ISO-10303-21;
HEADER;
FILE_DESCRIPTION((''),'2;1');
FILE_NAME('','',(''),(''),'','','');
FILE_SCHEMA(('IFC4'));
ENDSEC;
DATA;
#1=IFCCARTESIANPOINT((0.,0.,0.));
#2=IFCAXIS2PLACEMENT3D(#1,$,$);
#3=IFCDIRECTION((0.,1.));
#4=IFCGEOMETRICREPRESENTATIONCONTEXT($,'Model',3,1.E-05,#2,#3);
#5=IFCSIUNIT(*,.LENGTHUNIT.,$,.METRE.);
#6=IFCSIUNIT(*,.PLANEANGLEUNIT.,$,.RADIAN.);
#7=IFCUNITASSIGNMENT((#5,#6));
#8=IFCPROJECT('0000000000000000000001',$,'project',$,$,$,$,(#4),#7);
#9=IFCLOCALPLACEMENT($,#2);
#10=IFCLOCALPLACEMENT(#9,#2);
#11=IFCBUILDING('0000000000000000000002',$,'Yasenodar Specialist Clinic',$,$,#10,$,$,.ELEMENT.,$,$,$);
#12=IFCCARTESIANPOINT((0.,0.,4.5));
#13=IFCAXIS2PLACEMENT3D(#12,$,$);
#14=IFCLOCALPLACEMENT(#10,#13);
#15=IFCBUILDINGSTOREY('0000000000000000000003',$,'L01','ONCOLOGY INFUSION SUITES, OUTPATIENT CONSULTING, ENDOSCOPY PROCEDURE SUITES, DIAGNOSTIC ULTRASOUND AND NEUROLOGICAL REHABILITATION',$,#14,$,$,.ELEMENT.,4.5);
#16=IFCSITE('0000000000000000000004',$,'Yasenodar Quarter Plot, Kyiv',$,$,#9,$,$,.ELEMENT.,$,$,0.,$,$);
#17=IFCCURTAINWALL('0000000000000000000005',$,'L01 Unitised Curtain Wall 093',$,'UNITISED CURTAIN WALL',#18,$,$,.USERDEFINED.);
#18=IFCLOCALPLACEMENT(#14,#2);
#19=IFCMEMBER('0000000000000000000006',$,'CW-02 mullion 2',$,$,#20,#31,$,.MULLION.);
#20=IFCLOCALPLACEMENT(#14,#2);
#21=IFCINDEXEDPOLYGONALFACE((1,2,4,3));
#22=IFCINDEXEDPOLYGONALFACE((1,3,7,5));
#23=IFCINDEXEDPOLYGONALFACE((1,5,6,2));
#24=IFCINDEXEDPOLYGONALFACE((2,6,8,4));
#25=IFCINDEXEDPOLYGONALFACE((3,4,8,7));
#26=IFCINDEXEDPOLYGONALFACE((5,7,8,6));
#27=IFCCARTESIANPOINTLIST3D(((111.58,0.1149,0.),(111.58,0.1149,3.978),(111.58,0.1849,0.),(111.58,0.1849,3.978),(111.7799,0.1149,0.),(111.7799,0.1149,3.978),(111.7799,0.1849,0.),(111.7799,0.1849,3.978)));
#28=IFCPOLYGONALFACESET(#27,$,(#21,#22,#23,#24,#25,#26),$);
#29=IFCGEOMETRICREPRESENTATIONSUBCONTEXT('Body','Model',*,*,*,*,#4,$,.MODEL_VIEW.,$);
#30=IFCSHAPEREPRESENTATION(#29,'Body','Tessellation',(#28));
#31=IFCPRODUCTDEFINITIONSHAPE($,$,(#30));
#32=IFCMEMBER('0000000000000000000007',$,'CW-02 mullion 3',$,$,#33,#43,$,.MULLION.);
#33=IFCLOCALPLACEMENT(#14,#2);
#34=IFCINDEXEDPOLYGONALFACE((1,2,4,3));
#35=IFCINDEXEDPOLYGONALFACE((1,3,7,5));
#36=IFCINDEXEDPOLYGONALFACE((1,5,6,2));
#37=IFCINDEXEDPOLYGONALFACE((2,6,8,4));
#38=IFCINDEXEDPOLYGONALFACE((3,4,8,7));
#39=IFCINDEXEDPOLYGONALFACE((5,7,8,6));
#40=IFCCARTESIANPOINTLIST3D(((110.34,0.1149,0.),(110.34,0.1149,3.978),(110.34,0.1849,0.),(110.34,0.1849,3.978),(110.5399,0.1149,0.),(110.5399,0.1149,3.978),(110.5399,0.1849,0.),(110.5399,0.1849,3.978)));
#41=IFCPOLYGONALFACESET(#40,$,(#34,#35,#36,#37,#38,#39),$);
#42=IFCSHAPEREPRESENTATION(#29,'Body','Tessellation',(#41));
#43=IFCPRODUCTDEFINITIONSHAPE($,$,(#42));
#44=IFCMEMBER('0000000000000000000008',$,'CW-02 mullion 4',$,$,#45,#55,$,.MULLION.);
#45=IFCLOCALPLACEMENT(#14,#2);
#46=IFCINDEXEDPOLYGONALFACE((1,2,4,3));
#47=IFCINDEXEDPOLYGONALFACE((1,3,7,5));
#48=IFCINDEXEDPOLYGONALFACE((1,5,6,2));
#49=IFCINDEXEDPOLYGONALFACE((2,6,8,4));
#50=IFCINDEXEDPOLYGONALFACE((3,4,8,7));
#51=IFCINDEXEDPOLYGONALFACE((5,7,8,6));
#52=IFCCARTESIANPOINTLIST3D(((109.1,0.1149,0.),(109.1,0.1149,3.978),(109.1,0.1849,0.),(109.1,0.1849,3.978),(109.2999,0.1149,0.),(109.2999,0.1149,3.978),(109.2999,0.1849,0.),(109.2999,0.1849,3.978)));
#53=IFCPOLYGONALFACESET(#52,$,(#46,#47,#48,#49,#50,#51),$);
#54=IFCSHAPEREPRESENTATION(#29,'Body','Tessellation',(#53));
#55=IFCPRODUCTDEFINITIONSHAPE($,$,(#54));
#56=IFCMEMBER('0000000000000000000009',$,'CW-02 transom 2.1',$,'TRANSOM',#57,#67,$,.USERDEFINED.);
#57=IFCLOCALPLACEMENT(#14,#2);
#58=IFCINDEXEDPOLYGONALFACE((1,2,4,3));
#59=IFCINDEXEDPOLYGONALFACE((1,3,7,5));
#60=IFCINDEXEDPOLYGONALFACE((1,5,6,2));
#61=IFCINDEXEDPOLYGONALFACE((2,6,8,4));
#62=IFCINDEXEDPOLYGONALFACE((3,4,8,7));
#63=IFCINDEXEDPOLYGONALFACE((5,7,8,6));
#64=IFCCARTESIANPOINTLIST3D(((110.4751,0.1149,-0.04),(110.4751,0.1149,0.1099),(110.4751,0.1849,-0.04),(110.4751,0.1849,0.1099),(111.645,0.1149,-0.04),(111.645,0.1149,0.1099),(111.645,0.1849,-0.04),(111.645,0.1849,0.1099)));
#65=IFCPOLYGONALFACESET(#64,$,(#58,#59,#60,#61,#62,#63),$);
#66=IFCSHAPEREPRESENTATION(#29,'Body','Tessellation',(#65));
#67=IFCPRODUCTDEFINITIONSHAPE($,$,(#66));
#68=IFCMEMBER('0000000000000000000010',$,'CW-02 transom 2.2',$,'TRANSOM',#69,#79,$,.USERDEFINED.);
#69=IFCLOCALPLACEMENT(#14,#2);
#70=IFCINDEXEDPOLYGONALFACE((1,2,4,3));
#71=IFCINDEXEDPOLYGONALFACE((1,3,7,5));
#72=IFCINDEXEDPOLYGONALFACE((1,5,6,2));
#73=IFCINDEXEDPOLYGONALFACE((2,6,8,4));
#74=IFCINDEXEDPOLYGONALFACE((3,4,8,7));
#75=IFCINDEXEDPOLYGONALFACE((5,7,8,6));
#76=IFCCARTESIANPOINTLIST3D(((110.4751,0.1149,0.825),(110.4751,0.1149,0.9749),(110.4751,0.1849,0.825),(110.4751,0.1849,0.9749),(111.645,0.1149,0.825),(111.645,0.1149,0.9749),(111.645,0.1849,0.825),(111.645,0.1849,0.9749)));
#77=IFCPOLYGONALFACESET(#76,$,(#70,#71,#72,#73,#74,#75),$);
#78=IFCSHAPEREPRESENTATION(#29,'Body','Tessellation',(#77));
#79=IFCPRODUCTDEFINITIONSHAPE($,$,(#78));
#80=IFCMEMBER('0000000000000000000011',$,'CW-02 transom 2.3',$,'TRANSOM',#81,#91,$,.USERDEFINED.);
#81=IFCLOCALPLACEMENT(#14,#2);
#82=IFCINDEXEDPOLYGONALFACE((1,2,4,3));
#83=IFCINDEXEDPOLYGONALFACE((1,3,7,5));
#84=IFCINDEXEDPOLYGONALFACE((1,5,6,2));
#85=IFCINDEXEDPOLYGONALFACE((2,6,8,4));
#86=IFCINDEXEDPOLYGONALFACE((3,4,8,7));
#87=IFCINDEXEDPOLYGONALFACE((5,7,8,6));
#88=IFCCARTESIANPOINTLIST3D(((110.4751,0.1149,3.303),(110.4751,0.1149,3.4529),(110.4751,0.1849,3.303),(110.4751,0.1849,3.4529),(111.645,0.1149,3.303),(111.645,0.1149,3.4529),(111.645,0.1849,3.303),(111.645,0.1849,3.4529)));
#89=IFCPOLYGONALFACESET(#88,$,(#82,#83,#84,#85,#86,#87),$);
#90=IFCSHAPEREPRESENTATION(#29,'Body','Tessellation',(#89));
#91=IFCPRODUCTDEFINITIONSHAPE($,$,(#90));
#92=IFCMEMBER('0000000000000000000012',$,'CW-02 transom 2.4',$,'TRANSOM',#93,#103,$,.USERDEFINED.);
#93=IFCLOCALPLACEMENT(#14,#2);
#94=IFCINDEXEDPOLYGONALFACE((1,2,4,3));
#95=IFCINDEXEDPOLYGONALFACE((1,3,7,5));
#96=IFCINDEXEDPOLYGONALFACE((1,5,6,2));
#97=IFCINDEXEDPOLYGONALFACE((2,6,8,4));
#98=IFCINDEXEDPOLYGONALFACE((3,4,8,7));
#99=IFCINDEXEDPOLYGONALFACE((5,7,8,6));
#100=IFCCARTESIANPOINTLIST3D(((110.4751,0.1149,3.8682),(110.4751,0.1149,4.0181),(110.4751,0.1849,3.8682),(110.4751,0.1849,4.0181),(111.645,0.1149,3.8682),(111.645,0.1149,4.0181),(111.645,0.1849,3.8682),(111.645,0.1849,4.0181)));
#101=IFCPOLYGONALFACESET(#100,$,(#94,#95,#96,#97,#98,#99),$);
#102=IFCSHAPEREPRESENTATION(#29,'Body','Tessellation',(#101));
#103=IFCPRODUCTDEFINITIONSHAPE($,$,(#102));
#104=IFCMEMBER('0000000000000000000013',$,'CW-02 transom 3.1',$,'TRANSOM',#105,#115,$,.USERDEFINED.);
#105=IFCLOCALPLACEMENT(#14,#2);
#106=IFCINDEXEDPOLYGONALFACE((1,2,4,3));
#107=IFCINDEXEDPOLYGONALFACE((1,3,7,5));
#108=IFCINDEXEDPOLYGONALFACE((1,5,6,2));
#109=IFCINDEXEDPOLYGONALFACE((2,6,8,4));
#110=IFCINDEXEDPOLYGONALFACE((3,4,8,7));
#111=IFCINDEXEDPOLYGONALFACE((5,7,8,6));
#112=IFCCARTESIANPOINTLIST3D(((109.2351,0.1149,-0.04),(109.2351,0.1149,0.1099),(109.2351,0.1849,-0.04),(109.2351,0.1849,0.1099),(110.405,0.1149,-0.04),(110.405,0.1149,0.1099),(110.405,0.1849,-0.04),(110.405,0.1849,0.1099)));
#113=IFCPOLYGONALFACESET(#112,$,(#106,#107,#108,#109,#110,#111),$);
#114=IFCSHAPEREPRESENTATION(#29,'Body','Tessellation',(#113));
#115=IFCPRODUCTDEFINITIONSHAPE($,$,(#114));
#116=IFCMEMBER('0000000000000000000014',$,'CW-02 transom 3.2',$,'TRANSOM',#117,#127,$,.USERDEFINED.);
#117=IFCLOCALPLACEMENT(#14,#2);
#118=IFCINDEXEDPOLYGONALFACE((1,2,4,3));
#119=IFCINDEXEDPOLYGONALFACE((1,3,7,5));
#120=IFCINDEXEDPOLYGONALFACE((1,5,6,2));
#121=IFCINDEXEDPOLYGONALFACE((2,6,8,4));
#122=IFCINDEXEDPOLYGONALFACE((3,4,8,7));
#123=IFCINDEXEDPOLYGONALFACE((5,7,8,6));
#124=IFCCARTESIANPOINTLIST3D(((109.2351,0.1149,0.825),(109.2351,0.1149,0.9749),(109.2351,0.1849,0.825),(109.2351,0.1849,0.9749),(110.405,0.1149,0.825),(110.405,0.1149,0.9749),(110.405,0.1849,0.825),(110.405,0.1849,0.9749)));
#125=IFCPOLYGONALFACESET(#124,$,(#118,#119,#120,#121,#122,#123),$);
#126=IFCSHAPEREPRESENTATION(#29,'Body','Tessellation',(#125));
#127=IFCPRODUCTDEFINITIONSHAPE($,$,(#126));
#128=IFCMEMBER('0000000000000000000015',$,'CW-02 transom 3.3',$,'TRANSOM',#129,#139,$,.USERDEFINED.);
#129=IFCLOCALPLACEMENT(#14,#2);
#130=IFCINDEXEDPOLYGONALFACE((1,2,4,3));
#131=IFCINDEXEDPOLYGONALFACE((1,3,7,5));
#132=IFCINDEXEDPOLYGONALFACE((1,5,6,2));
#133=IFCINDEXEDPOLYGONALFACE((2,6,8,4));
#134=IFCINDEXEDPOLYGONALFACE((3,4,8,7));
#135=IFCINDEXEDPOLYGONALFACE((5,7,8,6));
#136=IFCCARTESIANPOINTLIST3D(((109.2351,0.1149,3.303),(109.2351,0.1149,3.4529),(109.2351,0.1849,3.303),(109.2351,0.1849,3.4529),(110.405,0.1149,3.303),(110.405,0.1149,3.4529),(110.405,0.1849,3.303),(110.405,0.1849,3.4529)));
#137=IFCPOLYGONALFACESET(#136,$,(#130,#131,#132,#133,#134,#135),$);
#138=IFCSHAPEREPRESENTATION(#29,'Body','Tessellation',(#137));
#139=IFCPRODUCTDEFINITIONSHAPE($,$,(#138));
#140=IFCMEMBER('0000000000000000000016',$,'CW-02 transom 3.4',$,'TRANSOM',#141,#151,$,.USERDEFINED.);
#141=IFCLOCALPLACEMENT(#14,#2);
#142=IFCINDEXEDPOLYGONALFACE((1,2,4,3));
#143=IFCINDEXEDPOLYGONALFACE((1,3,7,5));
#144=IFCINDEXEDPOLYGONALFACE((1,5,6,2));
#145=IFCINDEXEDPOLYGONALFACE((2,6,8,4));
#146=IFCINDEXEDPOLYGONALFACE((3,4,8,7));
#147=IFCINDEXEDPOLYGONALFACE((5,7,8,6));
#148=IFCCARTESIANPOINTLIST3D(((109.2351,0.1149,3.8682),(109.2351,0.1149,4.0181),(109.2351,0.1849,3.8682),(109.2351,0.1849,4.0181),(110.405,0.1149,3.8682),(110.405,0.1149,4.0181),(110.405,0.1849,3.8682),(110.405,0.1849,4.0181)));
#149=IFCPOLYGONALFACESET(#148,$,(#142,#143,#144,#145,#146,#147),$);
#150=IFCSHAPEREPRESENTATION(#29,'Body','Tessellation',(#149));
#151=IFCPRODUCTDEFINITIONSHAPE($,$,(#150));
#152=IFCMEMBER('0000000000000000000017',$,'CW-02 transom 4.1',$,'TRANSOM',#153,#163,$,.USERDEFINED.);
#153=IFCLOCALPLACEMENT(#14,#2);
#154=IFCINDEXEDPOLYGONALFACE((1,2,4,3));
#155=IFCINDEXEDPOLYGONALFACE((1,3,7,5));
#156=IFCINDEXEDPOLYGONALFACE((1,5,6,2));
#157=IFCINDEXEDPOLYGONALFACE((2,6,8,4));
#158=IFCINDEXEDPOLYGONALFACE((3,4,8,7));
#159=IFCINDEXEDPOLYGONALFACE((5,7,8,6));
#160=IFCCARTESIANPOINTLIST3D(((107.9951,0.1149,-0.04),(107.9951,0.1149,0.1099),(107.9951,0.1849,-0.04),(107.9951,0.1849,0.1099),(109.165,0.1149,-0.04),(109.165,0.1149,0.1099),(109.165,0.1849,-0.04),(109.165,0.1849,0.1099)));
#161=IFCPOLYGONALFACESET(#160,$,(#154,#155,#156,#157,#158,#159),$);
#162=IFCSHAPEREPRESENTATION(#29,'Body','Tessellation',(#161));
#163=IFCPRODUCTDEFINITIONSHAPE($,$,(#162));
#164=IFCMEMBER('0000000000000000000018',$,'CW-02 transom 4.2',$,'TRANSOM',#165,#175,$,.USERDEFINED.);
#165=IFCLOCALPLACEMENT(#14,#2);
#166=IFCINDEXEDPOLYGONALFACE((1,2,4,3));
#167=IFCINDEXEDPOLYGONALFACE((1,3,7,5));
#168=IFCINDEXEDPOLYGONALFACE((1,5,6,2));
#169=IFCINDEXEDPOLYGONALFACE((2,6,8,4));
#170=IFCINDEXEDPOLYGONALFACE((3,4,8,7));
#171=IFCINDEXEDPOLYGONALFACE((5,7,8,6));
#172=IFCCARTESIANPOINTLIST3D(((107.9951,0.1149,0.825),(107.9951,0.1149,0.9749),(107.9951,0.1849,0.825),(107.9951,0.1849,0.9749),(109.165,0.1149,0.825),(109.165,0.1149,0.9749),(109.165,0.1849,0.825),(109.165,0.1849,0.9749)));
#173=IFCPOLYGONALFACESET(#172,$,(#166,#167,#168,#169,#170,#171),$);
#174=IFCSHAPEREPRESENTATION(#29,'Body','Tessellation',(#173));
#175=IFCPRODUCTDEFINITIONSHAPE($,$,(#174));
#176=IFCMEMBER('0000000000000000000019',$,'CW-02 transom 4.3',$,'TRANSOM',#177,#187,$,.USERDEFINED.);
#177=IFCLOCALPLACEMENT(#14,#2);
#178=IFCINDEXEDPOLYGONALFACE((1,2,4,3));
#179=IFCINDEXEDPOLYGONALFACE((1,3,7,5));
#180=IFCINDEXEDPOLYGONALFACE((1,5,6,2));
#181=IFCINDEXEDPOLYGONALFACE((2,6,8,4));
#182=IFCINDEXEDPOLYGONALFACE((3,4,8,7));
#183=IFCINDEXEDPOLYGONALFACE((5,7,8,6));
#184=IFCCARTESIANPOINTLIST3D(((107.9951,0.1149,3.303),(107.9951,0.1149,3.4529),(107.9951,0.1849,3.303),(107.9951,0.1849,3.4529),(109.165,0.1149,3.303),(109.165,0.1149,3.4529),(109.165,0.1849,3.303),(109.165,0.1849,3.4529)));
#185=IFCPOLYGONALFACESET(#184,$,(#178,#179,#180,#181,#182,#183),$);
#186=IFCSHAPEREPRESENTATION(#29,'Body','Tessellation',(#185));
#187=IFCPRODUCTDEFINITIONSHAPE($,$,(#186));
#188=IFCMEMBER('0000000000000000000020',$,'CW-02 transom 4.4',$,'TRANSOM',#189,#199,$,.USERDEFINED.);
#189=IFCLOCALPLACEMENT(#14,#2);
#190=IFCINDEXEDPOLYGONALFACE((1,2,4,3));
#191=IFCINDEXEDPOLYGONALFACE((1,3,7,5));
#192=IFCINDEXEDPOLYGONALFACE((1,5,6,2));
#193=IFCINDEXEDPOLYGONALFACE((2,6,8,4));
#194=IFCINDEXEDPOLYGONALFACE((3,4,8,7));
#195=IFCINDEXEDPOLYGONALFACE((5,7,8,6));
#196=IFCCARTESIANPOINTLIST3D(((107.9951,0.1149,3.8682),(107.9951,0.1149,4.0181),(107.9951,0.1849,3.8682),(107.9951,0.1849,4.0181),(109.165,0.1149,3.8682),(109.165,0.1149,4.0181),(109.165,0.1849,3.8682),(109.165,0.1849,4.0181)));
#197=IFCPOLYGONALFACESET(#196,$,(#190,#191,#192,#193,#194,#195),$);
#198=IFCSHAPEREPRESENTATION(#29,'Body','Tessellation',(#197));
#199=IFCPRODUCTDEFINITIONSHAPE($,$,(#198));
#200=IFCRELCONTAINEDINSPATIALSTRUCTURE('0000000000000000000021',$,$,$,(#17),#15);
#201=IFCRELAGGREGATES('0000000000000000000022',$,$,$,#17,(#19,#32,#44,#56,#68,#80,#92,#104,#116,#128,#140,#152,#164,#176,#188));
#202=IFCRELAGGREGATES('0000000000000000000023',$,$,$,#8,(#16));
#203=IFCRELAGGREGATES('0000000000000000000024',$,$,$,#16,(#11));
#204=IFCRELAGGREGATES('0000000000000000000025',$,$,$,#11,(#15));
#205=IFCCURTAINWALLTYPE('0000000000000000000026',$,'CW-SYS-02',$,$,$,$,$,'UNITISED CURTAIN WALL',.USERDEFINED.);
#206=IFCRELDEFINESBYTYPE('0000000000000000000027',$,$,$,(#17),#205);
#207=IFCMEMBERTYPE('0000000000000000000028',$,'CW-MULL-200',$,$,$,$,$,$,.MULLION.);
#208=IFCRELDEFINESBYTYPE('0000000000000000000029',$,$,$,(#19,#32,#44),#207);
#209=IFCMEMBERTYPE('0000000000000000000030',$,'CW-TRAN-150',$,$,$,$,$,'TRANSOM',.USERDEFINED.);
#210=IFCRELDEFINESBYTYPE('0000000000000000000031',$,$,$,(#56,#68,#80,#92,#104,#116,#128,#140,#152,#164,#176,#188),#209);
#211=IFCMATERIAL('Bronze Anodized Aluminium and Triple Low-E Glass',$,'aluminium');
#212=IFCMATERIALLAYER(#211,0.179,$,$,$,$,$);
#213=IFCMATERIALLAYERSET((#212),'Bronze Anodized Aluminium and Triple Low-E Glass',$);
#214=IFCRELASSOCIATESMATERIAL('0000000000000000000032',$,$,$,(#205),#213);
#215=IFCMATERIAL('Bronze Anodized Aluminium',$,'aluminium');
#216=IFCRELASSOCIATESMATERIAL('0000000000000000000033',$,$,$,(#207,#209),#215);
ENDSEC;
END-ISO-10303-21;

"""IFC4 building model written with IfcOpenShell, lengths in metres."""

from ifc_helpers import new_model, si_unit, direction, frame, origin, origin_2d, place, context, subcontext, project, spatial, rectangle, extrude, material, layer, layer_set, material_profile, profile_set, type_object, element, aggregate, save


model = new_model("IFC4")

# Units and contexts
model_context = context("Model", 3, precision=1e-05, world=origin(), true_north=direction((0.0, 1.0)))
body_context = subcontext(model_context, "Body", "Model", "MODEL_VIEW")
ifc_project = project(units=[si_unit("LENGTHUNIT", "METRE"), si_unit("PLANEANGLEUNIT", "RADIAN")], contexts=[model_context])

# Site, building, storey
site_placement = place(None, origin())
site = spatial("IfcSite", under=ifc_project, at=site_placement, Name="Yasenodar Quarter Plot, Kyiv", CompositionType="ELEMENT", RefElevation=0.0)
building_placement = place(site_placement, origin())
building = spatial("IfcBuilding", under=site, at=building_placement, Name="Yasenodar Specialist Clinic", CompositionType="ELEMENT")
storey_placement = place(building_placement, frame((0.0, 0.0, 4.5)))
storey = spatial("IfcBuildingStorey", under=building, at=storey_placement, Name="L01", Description="ONCOLOGY INFUSION SUITES, OUTPATIENT CONSULTING, ENDOSCOPY PROCEDURE SUITES, DIAGNOSTIC ULTRASOUND AND NEUROLOGICAL REHABILITATION", CompositionType="ELEMENT", Elevation=4.5)

# Curtain wall, members
ifc_material_1 = material(Name="Bronze Anodized Aluminium and Triple Low-E Glass", Category="aluminium")
ifc_layer_1 = layer(ifc_material_1, 0.179)
ifc_layer_set_1 = layer_set([ifc_layer_1], Name="Bronze Anodized Aluminium and Triple Low-E Glass")
curtain_wall_type = type_object("IfcCurtainWallType", Name="CW-SYS-02", ElementType="UNITISED CURTAIN WALL", PredefinedType="USERDEFINED", material=ifc_layer_set_1)
curtain_wall_placement = place(storey_placement, origin())
curtain_wall = element("IfcCurtainWall", 1, at=curtain_wall_placement, inside=storey, type_object=curtain_wall_type, Name="L01 Unitised Curtain Wall 093", ObjectType="UNITISED CURTAIN WALL", PredefinedType="USERDEFINED")
ifc_material_2 = material(Name="Bronze Anodized Aluminium", Category="aluminium")
ifc_material_profile_1 = material_profile(ifc_material_2, rectangle(XDim=0.0701, YDim=0.2, at=origin_2d()), Name="CW-MULL 70x200")
ifc_profile_set_1 = profile_set([ifc_material_profile_1], Name="Bronze Anodized Aluminium")
member_type_1 = type_object("IfcMemberType", Name="CW-MULL-200", PredefinedType="MULLION", material=ifc_profile_set_1)
member_1_placement = place(storey_placement, frame((111.6799, 0.1499, 0.0), z_axis=(0.0, 0.0, 1.0), x_axis=(0.0, -1.0, 0.0)))
member_1 = element("IfcMember", 2, at=member_1_placement, type_object=member_type_1, Name="CW-02 mullion 2", PredefinedType="MULLION", context=body_context, shape_type="SweptSolid", body=[
    extrude(rectangle(XDim=0.0701, YDim=0.2, at=origin_2d()), origin(), (0.0, 0.0, 1.0), 3.978),
])
member_2_placement = place(storey_placement, frame((110.4399, 0.1499, 0.0), z_axis=(0.0, 0.0, 1.0), x_axis=(0.0, -1.0, 0.0)))
member_2 = element("IfcMember", 3, at=member_2_placement, type_object=member_type_1, Name="CW-02 mullion 3", PredefinedType="MULLION", context=body_context, shape_type="SweptSolid", body=[
    extrude(rectangle(XDim=0.0701, YDim=0.2, at=origin_2d()), origin(), (0.0, 0.0, 1.0), 3.978),
])
member_3_placement = place(storey_placement, frame((109.2, 0.1499, 0.0), z_axis=(0.0, 0.0, 1.0), x_axis=(0.0, -1.0, 0.0)))
member_3 = element("IfcMember", 4, at=member_3_placement, type_object=member_type_1, Name="CW-02 mullion 4", PredefinedType="MULLION", context=body_context, shape_type="SweptSolid", body=[
    extrude(rectangle(XDim=0.0701, YDim=0.2, at=origin_2d()), origin(), (0.0, 0.0, 1.0), 3.978),
])
ifc_material_profile_2 = material_profile(ifc_material_2, rectangle(XDim=0.0701, YDim=0.1499, at=origin_2d()), Name="CW-TRAN 70x150")
ifc_profile_set_2 = profile_set([ifc_material_profile_2], Name="Bronze Anodized Aluminium")
member_type_2 = type_object("IfcMemberType", Name="CW-TRAN-150", ElementType="TRANSOM", PredefinedType="USERDEFINED", material=ifc_profile_set_2)
member_4_placement = place(storey_placement, frame((111.645, 0.1499, 0.0349), z_axis=(-1.0, 0.0, 0.0), x_axis=(0.0, -1.0, 0.0)))
member_4 = element("IfcMember", 5, at=member_4_placement, type_object=member_type_2, Name="CW-02 transom 2.1", ObjectType="TRANSOM", PredefinedType="USERDEFINED", context=body_context, shape_type="SweptSolid", body=[
    extrude(rectangle(XDim=0.0701, YDim=0.1499, at=origin_2d()), origin(), (0.0, 0.0, 1.0), 1.1699),
])
member_5_placement = place(storey_placement, frame((111.645, 0.1499, 0.8999), z_axis=(-1.0, 0.0, 0.0), x_axis=(0.0, -1.0, 0.0)))
member_5 = element("IfcMember", 6, at=member_5_placement, type_object=member_type_2, Name="CW-02 transom 2.2", ObjectType="TRANSOM", PredefinedType="USERDEFINED", context=body_context, shape_type="SweptSolid", body=[
    extrude(rectangle(XDim=0.0701, YDim=0.1499, at=origin_2d()), origin(), (0.0, 0.0, 1.0), 1.1699),
])
member_6_placement = place(storey_placement, frame((111.645, 0.1499, 3.3779), z_axis=(-1.0, 0.0, 0.0), x_axis=(0.0, -1.0, 0.0)))
member_6 = element("IfcMember", 7, at=member_6_placement, type_object=member_type_2, Name="CW-02 transom 2.3", ObjectType="TRANSOM", PredefinedType="USERDEFINED", context=body_context, shape_type="SweptSolid", body=[
    extrude(rectangle(XDim=0.0701, YDim=0.1499, at=origin_2d()), origin(), (0.0, 0.0, 1.0), 1.1699),
])
member_7_placement = place(storey_placement, frame((111.645, 0.1499, 3.9431), z_axis=(-1.0, 0.0, 0.0), x_axis=(0.0, -1.0, 0.0)))
member_7 = element("IfcMember", 8, at=member_7_placement, type_object=member_type_2, Name="CW-02 transom 2.4", ObjectType="TRANSOM", PredefinedType="USERDEFINED", context=body_context, shape_type="SweptSolid", body=[
    extrude(rectangle(XDim=0.0701, YDim=0.1499, at=origin_2d()), origin(), (0.0, 0.0, 1.0), 1.1699),
])
member_8_placement = place(storey_placement, frame((110.405, 0.1499, 0.0349), z_axis=(-1.0, 0.0, 0.0), x_axis=(0.0, -1.0, 0.0)))
member_8 = element("IfcMember", 9, at=member_8_placement, type_object=member_type_2, Name="CW-02 transom 3.1", ObjectType="TRANSOM", PredefinedType="USERDEFINED", context=body_context, shape_type="SweptSolid", body=[
    extrude(rectangle(XDim=0.0701, YDim=0.1499, at=origin_2d()), origin(), (0.0, 0.0, 1.0), 1.1699),
])
member_9_placement = place(storey_placement, frame((110.405, 0.1499, 0.8999), z_axis=(-1.0, 0.0, 0.0), x_axis=(0.0, -1.0, 0.0)))
member_9 = element("IfcMember", 10, at=member_9_placement, type_object=member_type_2, Name="CW-02 transom 3.2", ObjectType="TRANSOM", PredefinedType="USERDEFINED", context=body_context, shape_type="SweptSolid", body=[
    extrude(rectangle(XDim=0.0701, YDim=0.1499, at=origin_2d()), origin(), (0.0, 0.0, 1.0), 1.1699),
])
member_10_placement = place(storey_placement, frame((110.405, 0.1499, 3.3779), z_axis=(-1.0, 0.0, 0.0), x_axis=(0.0, -1.0, 0.0)))
member_10 = element("IfcMember", 11, at=member_10_placement, type_object=member_type_2, Name="CW-02 transom 3.3", ObjectType="TRANSOM", PredefinedType="USERDEFINED", context=body_context, shape_type="SweptSolid", body=[
    extrude(rectangle(XDim=0.0701, YDim=0.1499, at=origin_2d()), origin(), (0.0, 0.0, 1.0), 1.1699),
])
member_11_placement = place(storey_placement, frame((110.405, 0.1499, 3.9431), z_axis=(-1.0, 0.0, 0.0), x_axis=(0.0, -1.0, 0.0)))
member_11 = element("IfcMember", 12, at=member_11_placement, type_object=member_type_2, Name="CW-02 transom 3.4", ObjectType="TRANSOM", PredefinedType="USERDEFINED", context=body_context, shape_type="SweptSolid", body=[
    extrude(rectangle(XDim=0.0701, YDim=0.1499, at=origin_2d()), origin(), (0.0, 0.0, 1.0), 1.1699),
])
member_12_placement = place(storey_placement, frame((109.165, 0.1499, 0.0349), z_axis=(-1.0, 0.0, 0.0), x_axis=(0.0, -1.0, 0.0)))
member_12 = element("IfcMember", 13, at=member_12_placement, type_object=member_type_2, Name="CW-02 transom 4.1", ObjectType="TRANSOM", PredefinedType="USERDEFINED", context=body_context, shape_type="SweptSolid", body=[
    extrude(rectangle(XDim=0.0701, YDim=0.1499, at=origin_2d()), origin(), (0.0, 0.0, 1.0), 1.1699),
])
member_13_placement = place(storey_placement, frame((109.165, 0.1499, 0.8999), z_axis=(-1.0, 0.0, 0.0), x_axis=(0.0, -1.0, 0.0)))
member_13 = element("IfcMember", 14, at=member_13_placement, type_object=member_type_2, Name="CW-02 transom 4.2", ObjectType="TRANSOM", PredefinedType="USERDEFINED", context=body_context, shape_type="SweptSolid", body=[
    extrude(rectangle(XDim=0.0701, YDim=0.1499, at=origin_2d()), origin(), (0.0, 0.0, 1.0), 1.1699),
])
member_14_placement = place(storey_placement, frame((109.165, 0.1499, 3.3779), z_axis=(-1.0, 0.0, 0.0), x_axis=(0.0, -1.0, 0.0)))
member_14 = element("IfcMember", 15, at=member_14_placement, type_object=member_type_2, Name="CW-02 transom 4.3", ObjectType="TRANSOM", PredefinedType="USERDEFINED", context=body_context, shape_type="SweptSolid", body=[
    extrude(rectangle(XDim=0.0701, YDim=0.1499, at=origin_2d()), origin(), (0.0, 0.0, 1.0), 1.1699),
])
member_15_placement = place(storey_placement, frame((109.165, 0.1499, 3.9431), z_axis=(-1.0, 0.0, 0.0), x_axis=(0.0, -1.0, 0.0)))
member_15 = element("IfcMember", 16, at=member_15_placement, type_object=member_type_2, Name="CW-02 transom 4.4", ObjectType="TRANSOM", PredefinedType="USERDEFINED", context=body_context, shape_type="SweptSolid", body=[
    extrude(rectangle(XDim=0.0701, YDim=0.1499, at=origin_2d()), origin(), (0.0, 0.0, 1.0), 1.1699),
])
aggregate(curtain_wall, [member_1, member_2, member_3, member_4, member_5, member_6, member_7, member_8, member_9, member_10, member_11, member_12, member_13, member_14, member_15])

save(model, "model.ifc")
